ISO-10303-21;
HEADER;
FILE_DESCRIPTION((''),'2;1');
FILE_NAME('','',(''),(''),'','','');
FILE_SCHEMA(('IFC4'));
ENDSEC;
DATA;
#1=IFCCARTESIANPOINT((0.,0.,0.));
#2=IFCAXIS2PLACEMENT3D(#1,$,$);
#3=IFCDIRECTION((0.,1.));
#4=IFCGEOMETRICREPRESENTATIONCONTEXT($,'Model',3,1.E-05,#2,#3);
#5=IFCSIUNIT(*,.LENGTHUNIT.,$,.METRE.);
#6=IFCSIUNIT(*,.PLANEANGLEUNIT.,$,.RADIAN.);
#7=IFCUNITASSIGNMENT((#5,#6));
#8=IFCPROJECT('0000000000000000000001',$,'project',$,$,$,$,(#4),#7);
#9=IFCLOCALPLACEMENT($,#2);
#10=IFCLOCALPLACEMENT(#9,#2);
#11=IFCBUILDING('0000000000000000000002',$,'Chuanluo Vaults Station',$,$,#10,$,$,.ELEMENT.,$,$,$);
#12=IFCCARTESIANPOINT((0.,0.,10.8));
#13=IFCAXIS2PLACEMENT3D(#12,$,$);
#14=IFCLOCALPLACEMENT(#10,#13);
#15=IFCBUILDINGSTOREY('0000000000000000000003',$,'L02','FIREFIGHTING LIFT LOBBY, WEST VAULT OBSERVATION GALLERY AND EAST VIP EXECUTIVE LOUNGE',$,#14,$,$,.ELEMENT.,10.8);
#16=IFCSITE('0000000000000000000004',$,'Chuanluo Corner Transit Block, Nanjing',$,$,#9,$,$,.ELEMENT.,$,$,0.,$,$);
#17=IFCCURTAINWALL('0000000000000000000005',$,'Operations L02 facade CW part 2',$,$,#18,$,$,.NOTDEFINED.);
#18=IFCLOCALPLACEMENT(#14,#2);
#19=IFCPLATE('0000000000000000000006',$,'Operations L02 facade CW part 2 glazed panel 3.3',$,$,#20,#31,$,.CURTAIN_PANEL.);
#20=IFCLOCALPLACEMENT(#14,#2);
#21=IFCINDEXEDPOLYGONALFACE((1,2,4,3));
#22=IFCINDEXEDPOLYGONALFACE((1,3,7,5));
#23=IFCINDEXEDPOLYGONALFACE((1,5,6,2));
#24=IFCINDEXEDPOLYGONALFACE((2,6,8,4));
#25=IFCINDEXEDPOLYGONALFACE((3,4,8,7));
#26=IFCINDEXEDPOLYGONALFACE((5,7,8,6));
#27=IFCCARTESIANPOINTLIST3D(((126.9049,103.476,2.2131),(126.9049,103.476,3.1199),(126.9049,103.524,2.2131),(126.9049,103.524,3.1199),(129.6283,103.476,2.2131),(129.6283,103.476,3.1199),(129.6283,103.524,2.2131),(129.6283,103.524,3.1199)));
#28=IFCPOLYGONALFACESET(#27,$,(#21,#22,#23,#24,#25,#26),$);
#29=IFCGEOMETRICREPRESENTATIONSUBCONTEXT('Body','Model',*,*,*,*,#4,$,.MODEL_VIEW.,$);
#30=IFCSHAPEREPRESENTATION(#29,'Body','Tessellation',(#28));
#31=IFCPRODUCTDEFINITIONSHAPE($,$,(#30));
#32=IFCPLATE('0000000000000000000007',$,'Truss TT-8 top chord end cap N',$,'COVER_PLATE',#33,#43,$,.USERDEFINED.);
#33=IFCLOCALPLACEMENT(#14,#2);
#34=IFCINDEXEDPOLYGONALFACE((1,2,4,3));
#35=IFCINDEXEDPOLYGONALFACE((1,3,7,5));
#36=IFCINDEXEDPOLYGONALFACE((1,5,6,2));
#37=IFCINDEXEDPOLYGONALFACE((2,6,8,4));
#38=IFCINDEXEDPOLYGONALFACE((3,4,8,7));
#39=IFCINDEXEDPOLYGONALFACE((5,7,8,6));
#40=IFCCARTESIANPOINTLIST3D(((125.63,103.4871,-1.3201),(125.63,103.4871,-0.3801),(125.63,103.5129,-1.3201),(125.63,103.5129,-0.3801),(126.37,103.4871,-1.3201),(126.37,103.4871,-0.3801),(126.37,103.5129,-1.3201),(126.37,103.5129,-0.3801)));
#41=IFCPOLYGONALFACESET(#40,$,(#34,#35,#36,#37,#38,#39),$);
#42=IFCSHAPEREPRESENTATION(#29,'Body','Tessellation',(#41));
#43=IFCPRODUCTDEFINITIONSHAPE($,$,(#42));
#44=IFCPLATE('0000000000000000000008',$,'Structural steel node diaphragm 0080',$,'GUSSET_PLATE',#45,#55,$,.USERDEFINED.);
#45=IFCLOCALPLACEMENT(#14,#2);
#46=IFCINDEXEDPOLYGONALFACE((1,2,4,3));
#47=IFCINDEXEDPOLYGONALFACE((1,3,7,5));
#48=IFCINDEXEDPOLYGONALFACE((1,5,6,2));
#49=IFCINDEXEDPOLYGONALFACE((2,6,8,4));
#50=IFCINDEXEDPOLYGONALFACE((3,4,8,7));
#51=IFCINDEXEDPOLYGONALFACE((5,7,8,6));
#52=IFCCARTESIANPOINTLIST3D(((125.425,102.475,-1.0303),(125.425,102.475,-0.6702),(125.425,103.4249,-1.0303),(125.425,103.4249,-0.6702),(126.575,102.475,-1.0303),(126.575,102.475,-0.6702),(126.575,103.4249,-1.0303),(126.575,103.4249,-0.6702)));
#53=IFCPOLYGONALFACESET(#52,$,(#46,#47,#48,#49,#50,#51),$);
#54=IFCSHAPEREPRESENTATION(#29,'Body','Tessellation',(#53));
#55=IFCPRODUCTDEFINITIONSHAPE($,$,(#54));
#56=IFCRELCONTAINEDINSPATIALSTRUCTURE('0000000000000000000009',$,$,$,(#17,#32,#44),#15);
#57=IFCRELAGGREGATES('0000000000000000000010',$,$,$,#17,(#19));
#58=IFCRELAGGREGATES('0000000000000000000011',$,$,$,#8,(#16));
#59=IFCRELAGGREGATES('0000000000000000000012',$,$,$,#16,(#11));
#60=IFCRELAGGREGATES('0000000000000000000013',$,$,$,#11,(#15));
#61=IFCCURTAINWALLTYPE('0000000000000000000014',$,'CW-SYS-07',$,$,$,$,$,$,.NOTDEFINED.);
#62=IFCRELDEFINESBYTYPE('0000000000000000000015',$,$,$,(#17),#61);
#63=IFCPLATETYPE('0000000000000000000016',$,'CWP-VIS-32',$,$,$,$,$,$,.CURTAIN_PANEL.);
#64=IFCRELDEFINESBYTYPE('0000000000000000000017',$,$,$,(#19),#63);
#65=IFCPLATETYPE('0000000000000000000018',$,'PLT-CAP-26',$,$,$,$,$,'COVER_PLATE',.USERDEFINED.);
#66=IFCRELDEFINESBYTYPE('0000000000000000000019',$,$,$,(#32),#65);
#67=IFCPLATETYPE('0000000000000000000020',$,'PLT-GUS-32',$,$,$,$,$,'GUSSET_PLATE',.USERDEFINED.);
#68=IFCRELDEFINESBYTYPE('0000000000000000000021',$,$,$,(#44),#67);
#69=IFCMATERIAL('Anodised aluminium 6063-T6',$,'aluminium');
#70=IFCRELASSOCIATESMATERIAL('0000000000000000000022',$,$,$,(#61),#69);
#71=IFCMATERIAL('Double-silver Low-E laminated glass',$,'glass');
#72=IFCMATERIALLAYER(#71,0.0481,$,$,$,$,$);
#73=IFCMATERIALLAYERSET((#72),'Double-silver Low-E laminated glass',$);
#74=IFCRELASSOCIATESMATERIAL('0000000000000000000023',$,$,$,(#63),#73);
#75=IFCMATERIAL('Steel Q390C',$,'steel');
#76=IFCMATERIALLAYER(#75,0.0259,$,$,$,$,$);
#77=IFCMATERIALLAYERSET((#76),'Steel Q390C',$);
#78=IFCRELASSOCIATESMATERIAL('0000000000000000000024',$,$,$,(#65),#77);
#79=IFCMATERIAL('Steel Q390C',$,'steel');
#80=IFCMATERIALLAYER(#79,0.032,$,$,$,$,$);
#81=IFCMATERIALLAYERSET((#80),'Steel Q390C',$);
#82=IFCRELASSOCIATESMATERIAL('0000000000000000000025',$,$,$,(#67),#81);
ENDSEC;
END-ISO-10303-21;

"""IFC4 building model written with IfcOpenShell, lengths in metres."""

from ifc_helpers import new_model, si_unit, direction, frame, origin, origin_2d, place, context, subcontext, project, spatial, rectangle, extrude, material, layer, layer_set, type_object, element, aggregate, save


model = new_model("IFC4")

# Units and contexts
model_context = context("Model", 3, precision=1e-05, world=origin(), true_north=direction((0.0, 1.0)))
body_context = subcontext(model_context, "Body", "Model", "MODEL_VIEW")
ifc_project = project(units=[si_unit("LENGTHUNIT", "METRE"), si_unit("PLANEANGLEUNIT", "RADIAN")], contexts=[model_context])

# Site, building, storey
site_placement = place(None, origin())
site = spatial("IfcSite", under=ifc_project, at=site_placement, Name="Chuanluo Corner Transit Block, Nanjing", CompositionType="ELEMENT", RefElevation=0.0)
building_placement = place(site_placement, origin())
building = spatial("IfcBuilding", under=site, at=building_placement, Name="Chuanluo Vaults Station", CompositionType="ELEMENT")
storey_placement = place(building_placement, frame((0.0, 0.0, 10.8)))
storey = spatial("IfcBuildingStorey", under=building, at=storey_placement, Name="L02", Description="FIREFIGHTING LIFT LOBBY, WEST VAULT OBSERVATION GALLERY AND EAST VIP EXECUTIVE LOUNGE", CompositionType="ELEMENT", Elevation=10.8)

# Curtain wall
ifc_material_1 = material(Name="Anodised aluminium 6063-T6", Category="aluminium")
curtain_wall_type_1 = type_object("IfcCurtainWallType", Name="CW-SYS-07", PredefinedType="NOTDEFINED", material=ifc_material_1)
curtain_wall_1_placement = place(storey_placement, origin())
curtain_wall_1 = element("IfcCurtainWall", 1, at=curtain_wall_1_placement, inside=storey, type_object=curtain_wall_type_1, Name="Operations L02 facade CW part 2", PredefinedType="NOTDEFINED")

# Plate
ifc_material_2 = material(Name="Double-silver Low-E laminated glass", Category="glass")
ifc_layer_1 = layer(ifc_material_2, 0.0481)
ifc_layer_set_1 = layer_set([ifc_layer_1], Name="Double-silver Low-E laminated glass")
plate_type_1 = type_object("IfcPlateType", Name="CWP-VIS-32", PredefinedType="CURTAIN_PANEL", material=ifc_layer_set_1)
plate_1_placement = place(storey_placement, frame((128.2666, 103.5, 2.2131), z_axis=(0.0, 0.0, 1.0), x_axis=(-1.0, 0.0, 0.0)))
plate_1 = element("IfcPlate", 2, at=plate_1_placement, type_object=plate_type_1, Name="Operations L02 facade CW part 2 glazed panel 3.3", PredefinedType="CURTAIN_PANEL", context=body_context, shape_type="SweptSolid", body=[
    extrude(rectangle(XDim=2.7234, YDim=0.0481, at=origin_2d()), origin(), (0.0, 0.0, 1.0), 0.9067),
])
aggregate(curtain_wall_1, [plate_1])

# Plates
ifc_material_3 = material(Name="Steel Q390C", Category="steel")
ifc_layer_2 = layer(ifc_material_3, 0.0259)
ifc_layer_set_2 = layer_set([ifc_layer_2], Name="Steel Q390C")
plate_type_2 = type_object("IfcPlateType", Name="PLT-CAP-26", ElementType="COVER_PLATE", PredefinedType="USERDEFINED", material=ifc_layer_set_2)
plate_2_placement = place(storey_placement, frame((126.0, 103.5, -1.3201), z_axis=(0.0, 0.0, 1.0), x_axis=(1.0, 0.0, 0.0)))
element("IfcPlate", 3, at=plate_2_placement, inside=storey, type_object=plate_type_2, Name="Truss TT-8 top chord end cap N", ObjectType="COVER_PLATE", PredefinedType="USERDEFINED", context=body_context, shape_type="SweptSolid", body=[
    extrude(rectangle(XDim=0.74, YDim=0.0259, at=origin_2d()), origin(), (0.0, 0.0, 1.0), 0.9399),
])
ifc_material_4 = material(Name="Steel Q390C", Category="steel")
ifc_layer_3 = layer(ifc_material_4, 0.032)
ifc_layer_set_3 = layer_set([ifc_layer_3], Name="Steel Q390C")
plate_type_3 = type_object("IfcPlateType", Name="PLT-GUS-32", ElementType="GUSSET_PLATE", PredefinedType="USERDEFINED", material=ifc_layer_set_3)
plate_3_placement = place(storey_placement, frame((126.0, 102.95, -1.0303), z_axis=(0.0, 0.0, 1.0), x_axis=(1.0, 0.0, 0.0)))
element("IfcPlate", 4, at=plate_3_placement, inside=storey, type_object=plate_type_3, Name="Structural steel node diaphragm 0080", ObjectType="GUSSET_PLATE", PredefinedType="USERDEFINED", context=body_context, shape_type="SweptSolid", body=[
    extrude(rectangle(XDim=1.1499, YDim=0.95, at=origin_2d()), origin(), (0.0, 0.0, 1.0), 0.3601),
])

save(model, "model.ifc")
